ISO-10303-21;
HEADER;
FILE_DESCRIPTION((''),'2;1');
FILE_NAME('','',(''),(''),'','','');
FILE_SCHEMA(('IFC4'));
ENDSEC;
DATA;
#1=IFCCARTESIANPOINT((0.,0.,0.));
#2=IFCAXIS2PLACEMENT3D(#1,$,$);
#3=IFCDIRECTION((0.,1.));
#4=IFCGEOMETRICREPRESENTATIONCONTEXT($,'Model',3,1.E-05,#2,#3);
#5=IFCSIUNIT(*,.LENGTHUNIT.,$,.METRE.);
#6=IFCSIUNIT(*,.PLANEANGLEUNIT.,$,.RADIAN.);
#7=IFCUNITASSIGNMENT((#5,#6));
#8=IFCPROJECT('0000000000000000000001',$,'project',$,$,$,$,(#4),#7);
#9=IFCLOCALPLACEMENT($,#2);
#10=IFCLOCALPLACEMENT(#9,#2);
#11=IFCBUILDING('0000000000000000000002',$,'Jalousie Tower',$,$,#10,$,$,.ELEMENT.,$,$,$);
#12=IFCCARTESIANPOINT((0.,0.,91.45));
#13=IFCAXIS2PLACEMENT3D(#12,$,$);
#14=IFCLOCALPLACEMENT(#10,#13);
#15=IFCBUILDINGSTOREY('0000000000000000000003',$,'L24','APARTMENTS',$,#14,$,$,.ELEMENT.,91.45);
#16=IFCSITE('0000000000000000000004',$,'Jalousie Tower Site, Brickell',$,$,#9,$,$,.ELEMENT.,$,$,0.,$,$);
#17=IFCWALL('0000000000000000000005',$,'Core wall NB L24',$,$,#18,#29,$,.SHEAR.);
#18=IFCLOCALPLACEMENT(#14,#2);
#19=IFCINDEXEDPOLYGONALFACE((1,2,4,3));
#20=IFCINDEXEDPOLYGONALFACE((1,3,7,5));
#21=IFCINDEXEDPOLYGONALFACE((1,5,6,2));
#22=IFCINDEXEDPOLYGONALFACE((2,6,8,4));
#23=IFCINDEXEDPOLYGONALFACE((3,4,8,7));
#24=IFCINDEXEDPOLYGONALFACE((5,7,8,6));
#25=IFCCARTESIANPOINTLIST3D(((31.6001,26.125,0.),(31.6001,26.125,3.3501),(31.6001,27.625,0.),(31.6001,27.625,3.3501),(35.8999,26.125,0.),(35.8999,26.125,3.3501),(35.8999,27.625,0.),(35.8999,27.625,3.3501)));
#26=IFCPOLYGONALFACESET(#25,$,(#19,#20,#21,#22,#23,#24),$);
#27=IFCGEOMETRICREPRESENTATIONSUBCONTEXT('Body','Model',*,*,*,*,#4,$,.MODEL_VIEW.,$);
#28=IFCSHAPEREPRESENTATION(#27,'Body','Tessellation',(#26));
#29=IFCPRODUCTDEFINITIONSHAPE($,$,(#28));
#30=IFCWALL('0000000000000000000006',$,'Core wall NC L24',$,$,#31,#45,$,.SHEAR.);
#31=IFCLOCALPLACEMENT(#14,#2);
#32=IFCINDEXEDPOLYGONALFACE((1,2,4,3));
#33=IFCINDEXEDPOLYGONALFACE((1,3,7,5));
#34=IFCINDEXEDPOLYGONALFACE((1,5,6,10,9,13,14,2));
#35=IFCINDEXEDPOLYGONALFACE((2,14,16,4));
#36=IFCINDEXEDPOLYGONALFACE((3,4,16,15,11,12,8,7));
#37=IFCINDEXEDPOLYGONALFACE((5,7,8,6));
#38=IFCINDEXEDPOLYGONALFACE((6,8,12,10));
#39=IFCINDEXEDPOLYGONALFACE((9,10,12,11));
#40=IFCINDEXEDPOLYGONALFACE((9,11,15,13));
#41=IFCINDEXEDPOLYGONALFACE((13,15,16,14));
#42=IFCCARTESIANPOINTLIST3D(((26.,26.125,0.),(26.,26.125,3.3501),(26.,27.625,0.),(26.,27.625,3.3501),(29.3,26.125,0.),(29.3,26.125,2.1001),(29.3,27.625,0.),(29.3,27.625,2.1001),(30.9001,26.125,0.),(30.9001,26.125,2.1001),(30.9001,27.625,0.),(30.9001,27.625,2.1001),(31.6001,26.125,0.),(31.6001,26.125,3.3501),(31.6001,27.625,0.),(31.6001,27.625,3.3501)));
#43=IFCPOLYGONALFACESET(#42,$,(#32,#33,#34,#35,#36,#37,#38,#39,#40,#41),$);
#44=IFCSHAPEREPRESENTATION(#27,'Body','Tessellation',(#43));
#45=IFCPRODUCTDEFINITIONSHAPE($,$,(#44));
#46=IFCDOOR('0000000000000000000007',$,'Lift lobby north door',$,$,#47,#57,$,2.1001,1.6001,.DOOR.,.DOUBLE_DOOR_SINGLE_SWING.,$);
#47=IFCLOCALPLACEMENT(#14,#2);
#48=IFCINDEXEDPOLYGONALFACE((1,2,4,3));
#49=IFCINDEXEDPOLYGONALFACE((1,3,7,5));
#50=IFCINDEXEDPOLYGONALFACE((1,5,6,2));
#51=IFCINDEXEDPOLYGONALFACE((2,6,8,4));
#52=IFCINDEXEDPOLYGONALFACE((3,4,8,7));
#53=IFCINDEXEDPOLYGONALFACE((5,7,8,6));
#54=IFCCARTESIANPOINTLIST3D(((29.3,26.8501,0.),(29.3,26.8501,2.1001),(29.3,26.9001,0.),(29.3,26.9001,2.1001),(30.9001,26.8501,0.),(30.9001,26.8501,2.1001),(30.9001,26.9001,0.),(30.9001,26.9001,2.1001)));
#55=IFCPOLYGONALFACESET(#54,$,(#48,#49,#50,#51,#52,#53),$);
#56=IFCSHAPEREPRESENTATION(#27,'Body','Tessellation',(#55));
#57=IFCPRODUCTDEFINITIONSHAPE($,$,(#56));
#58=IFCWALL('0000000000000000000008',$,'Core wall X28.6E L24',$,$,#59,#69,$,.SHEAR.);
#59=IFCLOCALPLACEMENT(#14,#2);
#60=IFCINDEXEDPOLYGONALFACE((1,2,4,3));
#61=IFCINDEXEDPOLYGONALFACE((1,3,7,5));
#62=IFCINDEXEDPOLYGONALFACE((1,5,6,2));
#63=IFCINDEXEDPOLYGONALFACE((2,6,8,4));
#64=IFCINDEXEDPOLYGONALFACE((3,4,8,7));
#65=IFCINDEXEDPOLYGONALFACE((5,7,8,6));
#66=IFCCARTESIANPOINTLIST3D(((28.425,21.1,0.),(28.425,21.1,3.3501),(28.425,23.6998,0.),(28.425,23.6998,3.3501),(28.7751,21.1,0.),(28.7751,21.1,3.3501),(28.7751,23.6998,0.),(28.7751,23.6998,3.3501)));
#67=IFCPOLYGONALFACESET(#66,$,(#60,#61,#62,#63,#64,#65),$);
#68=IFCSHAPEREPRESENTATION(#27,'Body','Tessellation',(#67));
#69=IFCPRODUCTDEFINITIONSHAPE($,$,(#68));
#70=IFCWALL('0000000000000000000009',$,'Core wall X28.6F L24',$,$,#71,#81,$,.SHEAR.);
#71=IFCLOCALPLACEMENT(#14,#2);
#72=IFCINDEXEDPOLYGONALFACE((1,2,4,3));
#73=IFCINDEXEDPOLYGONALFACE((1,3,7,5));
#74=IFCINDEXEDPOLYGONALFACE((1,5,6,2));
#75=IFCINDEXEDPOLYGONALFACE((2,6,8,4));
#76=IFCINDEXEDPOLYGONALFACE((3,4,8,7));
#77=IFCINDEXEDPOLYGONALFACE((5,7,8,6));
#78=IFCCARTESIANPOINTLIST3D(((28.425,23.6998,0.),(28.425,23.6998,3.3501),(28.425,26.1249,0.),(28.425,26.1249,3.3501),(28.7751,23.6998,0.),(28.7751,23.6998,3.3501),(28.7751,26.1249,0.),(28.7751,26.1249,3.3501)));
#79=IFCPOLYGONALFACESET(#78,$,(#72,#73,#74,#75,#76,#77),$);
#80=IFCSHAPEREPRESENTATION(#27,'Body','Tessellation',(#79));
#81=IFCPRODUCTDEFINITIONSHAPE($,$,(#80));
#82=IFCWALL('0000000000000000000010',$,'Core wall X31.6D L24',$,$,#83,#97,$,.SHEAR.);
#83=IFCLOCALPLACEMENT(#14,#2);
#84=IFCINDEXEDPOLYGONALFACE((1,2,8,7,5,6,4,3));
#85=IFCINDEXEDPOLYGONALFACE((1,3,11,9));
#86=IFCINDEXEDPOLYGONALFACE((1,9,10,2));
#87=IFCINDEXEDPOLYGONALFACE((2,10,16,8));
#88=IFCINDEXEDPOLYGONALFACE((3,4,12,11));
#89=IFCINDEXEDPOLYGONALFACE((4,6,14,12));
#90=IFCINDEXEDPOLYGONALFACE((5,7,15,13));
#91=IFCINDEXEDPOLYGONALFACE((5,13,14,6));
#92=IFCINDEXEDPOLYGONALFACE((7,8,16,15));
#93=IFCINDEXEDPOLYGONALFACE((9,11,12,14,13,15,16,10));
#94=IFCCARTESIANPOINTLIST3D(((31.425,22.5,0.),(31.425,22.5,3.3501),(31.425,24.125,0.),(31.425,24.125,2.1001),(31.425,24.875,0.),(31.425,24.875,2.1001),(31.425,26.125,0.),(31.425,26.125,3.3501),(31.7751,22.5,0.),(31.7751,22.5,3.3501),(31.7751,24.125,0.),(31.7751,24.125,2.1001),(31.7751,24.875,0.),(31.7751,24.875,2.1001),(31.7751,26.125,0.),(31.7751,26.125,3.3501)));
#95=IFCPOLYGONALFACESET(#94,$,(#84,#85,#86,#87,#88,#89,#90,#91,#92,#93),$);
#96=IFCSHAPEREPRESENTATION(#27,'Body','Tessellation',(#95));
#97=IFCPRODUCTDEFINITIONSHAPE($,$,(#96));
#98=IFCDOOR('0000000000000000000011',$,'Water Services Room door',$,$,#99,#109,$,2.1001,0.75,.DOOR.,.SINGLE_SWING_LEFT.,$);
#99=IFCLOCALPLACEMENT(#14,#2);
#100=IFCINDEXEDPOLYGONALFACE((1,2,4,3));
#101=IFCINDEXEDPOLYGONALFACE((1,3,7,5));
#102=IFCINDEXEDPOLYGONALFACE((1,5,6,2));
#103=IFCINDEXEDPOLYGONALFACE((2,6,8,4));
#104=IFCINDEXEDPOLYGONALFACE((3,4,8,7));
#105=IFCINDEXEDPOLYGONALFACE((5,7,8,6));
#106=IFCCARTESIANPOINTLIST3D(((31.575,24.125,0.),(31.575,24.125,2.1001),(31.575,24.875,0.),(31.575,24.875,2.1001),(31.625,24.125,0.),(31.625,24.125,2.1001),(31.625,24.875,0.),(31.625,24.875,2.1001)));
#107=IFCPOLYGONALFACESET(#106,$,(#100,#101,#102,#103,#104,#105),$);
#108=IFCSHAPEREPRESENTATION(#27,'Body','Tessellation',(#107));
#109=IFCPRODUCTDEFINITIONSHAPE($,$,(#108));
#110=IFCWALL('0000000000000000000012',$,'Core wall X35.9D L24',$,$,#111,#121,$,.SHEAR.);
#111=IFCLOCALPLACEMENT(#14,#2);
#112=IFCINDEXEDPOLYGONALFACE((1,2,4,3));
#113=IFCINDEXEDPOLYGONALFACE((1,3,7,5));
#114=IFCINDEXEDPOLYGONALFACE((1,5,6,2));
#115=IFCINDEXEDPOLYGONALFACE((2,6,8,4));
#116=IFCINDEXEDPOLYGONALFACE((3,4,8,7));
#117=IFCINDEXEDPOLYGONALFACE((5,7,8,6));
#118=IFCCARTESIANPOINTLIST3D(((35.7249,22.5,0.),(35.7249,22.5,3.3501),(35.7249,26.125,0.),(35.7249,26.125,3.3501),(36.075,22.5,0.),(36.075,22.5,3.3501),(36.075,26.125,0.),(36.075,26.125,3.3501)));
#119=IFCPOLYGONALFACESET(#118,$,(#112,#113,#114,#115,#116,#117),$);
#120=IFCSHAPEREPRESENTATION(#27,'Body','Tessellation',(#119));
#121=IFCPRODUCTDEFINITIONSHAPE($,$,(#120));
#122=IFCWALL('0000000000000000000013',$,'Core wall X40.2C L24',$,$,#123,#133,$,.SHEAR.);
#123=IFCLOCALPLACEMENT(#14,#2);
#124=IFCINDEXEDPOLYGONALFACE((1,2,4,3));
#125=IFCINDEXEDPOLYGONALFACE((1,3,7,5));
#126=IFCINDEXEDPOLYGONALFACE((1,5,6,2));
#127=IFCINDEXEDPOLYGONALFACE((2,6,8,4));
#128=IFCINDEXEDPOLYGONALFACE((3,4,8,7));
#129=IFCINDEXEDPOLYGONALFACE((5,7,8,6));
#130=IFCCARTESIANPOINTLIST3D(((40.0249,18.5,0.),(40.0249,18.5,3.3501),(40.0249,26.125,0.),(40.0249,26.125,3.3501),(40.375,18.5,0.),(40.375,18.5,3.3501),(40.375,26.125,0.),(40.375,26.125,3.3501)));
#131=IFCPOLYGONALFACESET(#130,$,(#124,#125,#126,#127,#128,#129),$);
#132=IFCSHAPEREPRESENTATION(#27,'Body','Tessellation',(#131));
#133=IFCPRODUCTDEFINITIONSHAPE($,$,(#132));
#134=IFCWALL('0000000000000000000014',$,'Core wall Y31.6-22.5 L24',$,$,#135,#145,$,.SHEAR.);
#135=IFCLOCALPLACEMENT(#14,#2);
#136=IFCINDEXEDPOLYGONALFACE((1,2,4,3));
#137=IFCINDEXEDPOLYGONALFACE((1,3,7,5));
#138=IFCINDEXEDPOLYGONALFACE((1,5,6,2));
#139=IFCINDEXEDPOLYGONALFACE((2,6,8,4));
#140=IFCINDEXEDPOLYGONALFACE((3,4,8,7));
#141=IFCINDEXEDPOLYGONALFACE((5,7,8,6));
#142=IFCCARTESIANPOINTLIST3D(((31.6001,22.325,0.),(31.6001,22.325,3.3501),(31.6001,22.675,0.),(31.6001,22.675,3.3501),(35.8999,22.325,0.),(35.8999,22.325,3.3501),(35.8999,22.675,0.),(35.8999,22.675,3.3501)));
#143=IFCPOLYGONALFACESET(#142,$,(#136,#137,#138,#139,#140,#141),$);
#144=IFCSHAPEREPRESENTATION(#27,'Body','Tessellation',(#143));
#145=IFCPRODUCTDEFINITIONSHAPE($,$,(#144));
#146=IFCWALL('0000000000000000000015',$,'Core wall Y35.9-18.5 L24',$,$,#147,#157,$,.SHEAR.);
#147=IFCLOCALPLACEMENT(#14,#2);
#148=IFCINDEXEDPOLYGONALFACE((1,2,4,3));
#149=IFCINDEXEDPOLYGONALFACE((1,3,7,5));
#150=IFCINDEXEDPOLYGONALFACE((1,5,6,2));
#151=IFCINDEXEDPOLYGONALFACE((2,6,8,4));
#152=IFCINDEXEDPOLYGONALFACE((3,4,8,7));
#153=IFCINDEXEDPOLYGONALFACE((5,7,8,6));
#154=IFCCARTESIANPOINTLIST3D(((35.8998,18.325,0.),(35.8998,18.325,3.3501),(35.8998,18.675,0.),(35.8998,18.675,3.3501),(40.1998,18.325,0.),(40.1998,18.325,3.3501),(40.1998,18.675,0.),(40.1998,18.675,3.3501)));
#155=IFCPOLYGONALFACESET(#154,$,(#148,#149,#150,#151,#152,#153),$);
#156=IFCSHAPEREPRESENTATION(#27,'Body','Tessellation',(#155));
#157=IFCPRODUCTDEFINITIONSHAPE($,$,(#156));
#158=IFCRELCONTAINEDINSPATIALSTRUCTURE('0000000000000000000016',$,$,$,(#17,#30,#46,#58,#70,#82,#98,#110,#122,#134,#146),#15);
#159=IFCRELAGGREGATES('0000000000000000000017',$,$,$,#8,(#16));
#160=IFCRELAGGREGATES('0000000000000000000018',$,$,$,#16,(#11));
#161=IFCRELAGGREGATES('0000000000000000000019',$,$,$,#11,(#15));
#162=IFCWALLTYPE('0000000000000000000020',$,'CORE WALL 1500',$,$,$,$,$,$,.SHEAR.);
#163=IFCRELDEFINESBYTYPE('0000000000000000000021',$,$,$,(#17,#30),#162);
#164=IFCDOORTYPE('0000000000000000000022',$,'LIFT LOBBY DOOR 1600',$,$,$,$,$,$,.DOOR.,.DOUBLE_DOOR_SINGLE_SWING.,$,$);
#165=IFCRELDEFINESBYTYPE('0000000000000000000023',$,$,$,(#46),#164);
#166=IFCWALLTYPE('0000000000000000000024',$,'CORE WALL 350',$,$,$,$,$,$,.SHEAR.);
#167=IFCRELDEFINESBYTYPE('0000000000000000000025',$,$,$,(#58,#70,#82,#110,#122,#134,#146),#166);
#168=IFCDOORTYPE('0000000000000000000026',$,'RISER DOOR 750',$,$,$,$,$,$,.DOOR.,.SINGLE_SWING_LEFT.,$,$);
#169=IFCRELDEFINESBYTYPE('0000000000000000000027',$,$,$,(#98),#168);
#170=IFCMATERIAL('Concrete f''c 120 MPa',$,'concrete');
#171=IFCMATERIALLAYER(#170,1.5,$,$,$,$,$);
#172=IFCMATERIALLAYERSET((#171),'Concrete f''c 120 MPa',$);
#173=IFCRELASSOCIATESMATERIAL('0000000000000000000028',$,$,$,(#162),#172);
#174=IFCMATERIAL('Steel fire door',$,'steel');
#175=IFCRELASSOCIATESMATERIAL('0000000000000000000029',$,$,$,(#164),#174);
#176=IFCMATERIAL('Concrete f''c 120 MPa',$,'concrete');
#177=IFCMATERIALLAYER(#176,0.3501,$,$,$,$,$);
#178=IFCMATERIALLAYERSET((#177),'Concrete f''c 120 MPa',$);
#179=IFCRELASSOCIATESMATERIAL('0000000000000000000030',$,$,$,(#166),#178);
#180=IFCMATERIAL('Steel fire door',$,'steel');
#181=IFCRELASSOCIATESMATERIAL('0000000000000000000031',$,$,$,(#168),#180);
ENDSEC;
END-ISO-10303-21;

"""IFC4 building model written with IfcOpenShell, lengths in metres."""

from ifc_helpers import new_model, si_unit, direction, frame, frame_2d, origin, place, context, subcontext, project, spatial, rectangle, extrude, material, layer, layer_set, type_object, element, fill, save


model = new_model("IFC4")

# Units and contexts
model_context = context("Model", 3, precision=1e-05, world=origin(), true_north=direction((0.0, 1.0)))
body_context = subcontext(model_context, "Body", "Model", "MODEL_VIEW")
ifc_project = project(units=[si_unit("LENGTHUNIT", "METRE"), si_unit("PLANEANGLEUNIT", "RADIAN")], contexts=[model_context])

# Site, building, storey
site_placement = place(None, origin())
site = spatial("IfcSite", under=ifc_project, at=site_placement, Name="Jalousie Tower Site, Brickell", CompositionType="ELEMENT", RefElevation=0.0)
building_placement = place(site_placement, origin())
building = spatial("IfcBuilding", under=site, at=building_placement, Name="Jalousie Tower", CompositionType="ELEMENT")
storey_placement = place(building_placement, frame((0.0, 0.0, 91.45)))
storey = spatial("IfcBuildingStorey", under=building, at=storey_placement, Name="L24", Description="APARTMENTS", CompositionType="ELEMENT", Elevation=91.45)

# Wall
ifc_material_1 = material(Name="Concrete f'c 120 MPa", Category="concrete")
ifc_layer_1 = layer(ifc_material_1, 1.5)
ifc_layer_set_1 = layer_set([ifc_layer_1], Name="Concrete f'c 120 MPa")
wall_type_1 = type_object("IfcWallType", Name="CORE WALL 1500", PredefinedType="SHEAR", material=ifc_layer_set_1)
wall_1_placement = place(storey_placement, frame((35.8999, 26.875, 0.0), z_axis=(0.0, 0.0, 1.0), x_axis=(-1.0, 0.0, 0.0)))
element("IfcWall", 1, at=wall_1_placement, inside=storey, type_object=wall_type_1, Name="Core wall NB L24", PredefinedType="SHEAR", context=body_context, shape_type="SweptSolid", body=[
    extrude(rectangle(XDim=4.2998, YDim=1.5, at=frame_2d((2.1499, 0.0))), origin(), (0.0, 0.0, 1.0), 3.3501),
])

# Wall, opening, door
wall_2_placement = place(storey_placement, frame((31.6001, 26.875, 0.0), z_axis=(0.0, 0.0, 1.0), x_axis=(-1.0, 0.0, 0.0)))
wall_2 = element("IfcWall", 2, at=wall_2_placement, inside=storey, type_object=wall_type_1, Name="Core wall NC L24", PredefinedType="SHEAR", context=body_context, shape_type="SweptSolid", body=[
    extrude(rectangle(XDim=5.6001, YDim=1.5, at=frame_2d((2.8, 0.0))), origin(), (0.0, 0.0, 1.0), 3.3501),
])
opening_1_placement = place(wall_2_placement, frame((0.7, 0.0, 0.0)))
opening_1 = element("IfcOpeningElement", 3, at=opening_1_placement, cuts=wall_2, PredefinedType="OPENING", context=body_context, shape_type="SweptSolid", body=[
    extrude(rectangle(XDim=1.6001, YDim=2.1001, at=frame_2d((0.8, 1.05))), frame((0.0, 0.76, 0.0), z_axis=(0.0, -1.0, 0.0), x_axis=(1.0, 0.0, 0.0)), (0.0, 0.0, 1.0), 1.52),
])
ifc_material_2 = material(Name="Steel fire door", Category="steel")
door_type_1 = type_object("IfcDoorType", Name="LIFT LOBBY DOOR 1600", OperationType="DOUBLE_DOOR_SINGLE_SWING", PredefinedType="DOOR", material=ifc_material_2)
door_1_placement = place(opening_1_placement, origin())
door_1 = element("IfcDoor", 4, at=door_1_placement, inside=storey, type_object=door_type_1, Name="Lift lobby north door", OperationType="DOUBLE_DOOR_SINGLE_SWING", OverallHeight=2.1001, OverallWidth=1.6001, PredefinedType="DOOR", context=body_context, shape_type="SweptSolid", body=[
    extrude(rectangle(XDim=1.6001, YDim=2.1001, at=frame_2d((0.8, 1.05))), frame((0.0, 0.0249, 0.0), z_axis=(0.0, -1.0, 0.0), x_axis=(1.0, 0.0, 0.0)), (0.0, 0.0, 1.0), 0.05),
])
fill(opening_1, door_1)

# Walls
ifc_material_3 = material(Name="Concrete f'c 120 MPa", Category="concrete")
ifc_layer_2 = layer(ifc_material_3, 0.3501)
ifc_layer_set_2 = layer_set([ifc_layer_2], Name="Concrete f'c 120 MPa")
wall_type_2 = type_object("IfcWallType", Name="CORE WALL 350", PredefinedType="SHEAR", material=ifc_layer_set_2)
wall_3_placement = place(storey_placement, frame((28.6001, 21.1001, 0.0), z_axis=(0.0, 0.0, 1.0), x_axis=(0.0, 1.0, 0.0)))
element("IfcWall", 5, at=wall_3_placement, inside=storey, type_object=wall_type_2, Name="Core wall X28.6E L24", PredefinedType="SHEAR", context=body_context, shape_type="SweptSolid", body=[
    extrude(rectangle(XDim=2.5999, YDim=0.3501, at=frame_2d((1.2998, 0.0))), origin(), (0.0, 0.0, 1.0), 3.3501),
])
wall_4_placement = place(storey_placement, frame((28.6001, 23.7, 0.0), z_axis=(0.0, 0.0, 1.0), x_axis=(0.0, 1.0, 0.0)))
element("IfcWall", 6, at=wall_4_placement, inside=storey, type_object=wall_type_2, Name="Core wall X28.6F L24", PredefinedType="SHEAR", context=body_context, shape_type="SweptSolid", body=[
    extrude(rectangle(XDim=2.425, YDim=0.3501, at=frame_2d((1.2124, 0.0))), origin(), (0.0, 0.0, 1.0), 3.3501),
])

# Wall, opening, door
wall_5_placement = place(storey_placement, frame((31.6001, 22.5, 0.0), z_axis=(0.0, 0.0, 1.0), x_axis=(0.0, 1.0, 0.0)))
wall_5 = element("IfcWall", 7, at=wall_5_placement, inside=storey, type_object=wall_type_2, Name="Core wall X31.6D L24", PredefinedType="SHEAR", context=body_context, shape_type="SweptSolid", body=[
    extrude(rectangle(XDim=3.625, YDim=0.3501, at=frame_2d((1.8125, 0.0))), origin(), (0.0, 0.0, 1.0), 3.3501),
])
opening_2_placement = place(wall_5_placement, frame((1.625, 0.0, 0.0)))
opening_2 = element("IfcOpeningElement", 8, at=opening_2_placement, cuts=wall_5, PredefinedType="OPENING", context=body_context, shape_type="SweptSolid", body=[
    extrude(rectangle(XDim=0.75, YDim=2.1001, at=frame_2d((0.375, 1.05))), frame((0.0, 0.1851, 0.0), z_axis=(0.0, -1.0, 0.0), x_axis=(1.0, 0.0, 0.0)), (0.0, 0.0, 1.0), 0.3701),
])
ifc_material_4 = material(Name="Steel fire door", Category="steel")
door_type_2 = type_object("IfcDoorType", Name="RISER DOOR 750", OperationType="SINGLE_SWING_LEFT", PredefinedType="DOOR", material=ifc_material_4)
door_2_placement = place(opening_2_placement, frame((0.75, 0.0, 0.0), z_axis=(0.0, 0.0, 1.0), x_axis=(-1.0, 0.0, 0.0)))
door_2 = element("IfcDoor", 9, at=door_2_placement, inside=storey, type_object=door_type_2, Name="Water Services Room door", OperationType="SINGLE_SWING_LEFT", OverallHeight=2.1001, OverallWidth=0.75, PredefinedType="DOOR", context=body_context, shape_type="SweptSolid", body=[
    extrude(rectangle(XDim=0.75, YDim=2.1001, at=frame_2d((0.375, 1.05))), frame((0.0, 0.0249, 0.0), z_axis=(0.0, -1.0, 0.0), x_axis=(1.0, 0.0, 0.0)), (0.0, 0.0, 1.0), 0.05),
])
fill(opening_2, door_2)

# Walls
wall_6_placement = place(storey_placement, frame((35.8999, 22.5, 0.0), z_axis=(0.0, 0.0, 1.0), x_axis=(0.0, 1.0, 0.0)))
element("IfcWall", 10, at=wall_6_placement, inside=storey, type_object=wall_type_2, Name="Core wall X35.9D L24", PredefinedType="SHEAR", context=body_context, shape_type="SweptSolid", body=[
    extrude(rectangle(XDim=3.625, YDim=0.3501, at=frame_2d((1.8125, 0.0))), origin(), (0.0, 0.0, 1.0), 3.3501),
])
wall_7_placement = place(storey_placement, frame((40.2, 18.5, 0.0), z_axis=(0.0, 0.0, 1.0), x_axis=(0.0, 1.0, 0.0)))
element("IfcWall", 11, at=wall_7_placement, inside=storey, type_object=wall_type_2, Name="Core wall X40.2C L24", PredefinedType="SHEAR", context=body_context, shape_type="SweptSolid", body=[
    extrude(rectangle(XDim=7.625, YDim=0.3501, at=frame_2d((3.8125, 0.0))), origin(), (0.0, 0.0, 1.0), 3.3501),
])
wall_8_placement = place(storey_placement, frame((31.6001, 22.5, 0.0), z_axis=(0.0, 0.0, 1.0), x_axis=(1.0, 0.0, 0.0)))
element("IfcWall", 12, at=wall_8_placement, inside=storey, type_object=wall_type_2, Name="Core wall Y31.6-22.5 L24", PredefinedType="SHEAR", context=body_context, shape_type="SweptSolid", body=[
    extrude(rectangle(XDim=4.2998, YDim=0.3501, at=frame_2d((2.1499, 0.0))), origin(), (0.0, 0.0, 1.0), 3.3501),
])
wall_9_placement = place(storey_placement, frame((35.8999, 18.5, 0.0), z_axis=(0.0, 0.0, 1.0), x_axis=(1.0, 0.0, 0.0)))
element("IfcWall", 13, at=wall_9_placement, inside=storey, type_object=wall_type_2, Name="Core wall Y35.9-18.5 L24", PredefinedType="SHEAR", context=body_context, shape_type="SweptSolid", body=[
    extrude(rectangle(XDim=4.3, YDim=0.3501, at=frame_2d((2.1499, 0.0))), origin(), (0.0, 0.0, 1.0), 3.3501),
])

save(model, "model.ifc")
